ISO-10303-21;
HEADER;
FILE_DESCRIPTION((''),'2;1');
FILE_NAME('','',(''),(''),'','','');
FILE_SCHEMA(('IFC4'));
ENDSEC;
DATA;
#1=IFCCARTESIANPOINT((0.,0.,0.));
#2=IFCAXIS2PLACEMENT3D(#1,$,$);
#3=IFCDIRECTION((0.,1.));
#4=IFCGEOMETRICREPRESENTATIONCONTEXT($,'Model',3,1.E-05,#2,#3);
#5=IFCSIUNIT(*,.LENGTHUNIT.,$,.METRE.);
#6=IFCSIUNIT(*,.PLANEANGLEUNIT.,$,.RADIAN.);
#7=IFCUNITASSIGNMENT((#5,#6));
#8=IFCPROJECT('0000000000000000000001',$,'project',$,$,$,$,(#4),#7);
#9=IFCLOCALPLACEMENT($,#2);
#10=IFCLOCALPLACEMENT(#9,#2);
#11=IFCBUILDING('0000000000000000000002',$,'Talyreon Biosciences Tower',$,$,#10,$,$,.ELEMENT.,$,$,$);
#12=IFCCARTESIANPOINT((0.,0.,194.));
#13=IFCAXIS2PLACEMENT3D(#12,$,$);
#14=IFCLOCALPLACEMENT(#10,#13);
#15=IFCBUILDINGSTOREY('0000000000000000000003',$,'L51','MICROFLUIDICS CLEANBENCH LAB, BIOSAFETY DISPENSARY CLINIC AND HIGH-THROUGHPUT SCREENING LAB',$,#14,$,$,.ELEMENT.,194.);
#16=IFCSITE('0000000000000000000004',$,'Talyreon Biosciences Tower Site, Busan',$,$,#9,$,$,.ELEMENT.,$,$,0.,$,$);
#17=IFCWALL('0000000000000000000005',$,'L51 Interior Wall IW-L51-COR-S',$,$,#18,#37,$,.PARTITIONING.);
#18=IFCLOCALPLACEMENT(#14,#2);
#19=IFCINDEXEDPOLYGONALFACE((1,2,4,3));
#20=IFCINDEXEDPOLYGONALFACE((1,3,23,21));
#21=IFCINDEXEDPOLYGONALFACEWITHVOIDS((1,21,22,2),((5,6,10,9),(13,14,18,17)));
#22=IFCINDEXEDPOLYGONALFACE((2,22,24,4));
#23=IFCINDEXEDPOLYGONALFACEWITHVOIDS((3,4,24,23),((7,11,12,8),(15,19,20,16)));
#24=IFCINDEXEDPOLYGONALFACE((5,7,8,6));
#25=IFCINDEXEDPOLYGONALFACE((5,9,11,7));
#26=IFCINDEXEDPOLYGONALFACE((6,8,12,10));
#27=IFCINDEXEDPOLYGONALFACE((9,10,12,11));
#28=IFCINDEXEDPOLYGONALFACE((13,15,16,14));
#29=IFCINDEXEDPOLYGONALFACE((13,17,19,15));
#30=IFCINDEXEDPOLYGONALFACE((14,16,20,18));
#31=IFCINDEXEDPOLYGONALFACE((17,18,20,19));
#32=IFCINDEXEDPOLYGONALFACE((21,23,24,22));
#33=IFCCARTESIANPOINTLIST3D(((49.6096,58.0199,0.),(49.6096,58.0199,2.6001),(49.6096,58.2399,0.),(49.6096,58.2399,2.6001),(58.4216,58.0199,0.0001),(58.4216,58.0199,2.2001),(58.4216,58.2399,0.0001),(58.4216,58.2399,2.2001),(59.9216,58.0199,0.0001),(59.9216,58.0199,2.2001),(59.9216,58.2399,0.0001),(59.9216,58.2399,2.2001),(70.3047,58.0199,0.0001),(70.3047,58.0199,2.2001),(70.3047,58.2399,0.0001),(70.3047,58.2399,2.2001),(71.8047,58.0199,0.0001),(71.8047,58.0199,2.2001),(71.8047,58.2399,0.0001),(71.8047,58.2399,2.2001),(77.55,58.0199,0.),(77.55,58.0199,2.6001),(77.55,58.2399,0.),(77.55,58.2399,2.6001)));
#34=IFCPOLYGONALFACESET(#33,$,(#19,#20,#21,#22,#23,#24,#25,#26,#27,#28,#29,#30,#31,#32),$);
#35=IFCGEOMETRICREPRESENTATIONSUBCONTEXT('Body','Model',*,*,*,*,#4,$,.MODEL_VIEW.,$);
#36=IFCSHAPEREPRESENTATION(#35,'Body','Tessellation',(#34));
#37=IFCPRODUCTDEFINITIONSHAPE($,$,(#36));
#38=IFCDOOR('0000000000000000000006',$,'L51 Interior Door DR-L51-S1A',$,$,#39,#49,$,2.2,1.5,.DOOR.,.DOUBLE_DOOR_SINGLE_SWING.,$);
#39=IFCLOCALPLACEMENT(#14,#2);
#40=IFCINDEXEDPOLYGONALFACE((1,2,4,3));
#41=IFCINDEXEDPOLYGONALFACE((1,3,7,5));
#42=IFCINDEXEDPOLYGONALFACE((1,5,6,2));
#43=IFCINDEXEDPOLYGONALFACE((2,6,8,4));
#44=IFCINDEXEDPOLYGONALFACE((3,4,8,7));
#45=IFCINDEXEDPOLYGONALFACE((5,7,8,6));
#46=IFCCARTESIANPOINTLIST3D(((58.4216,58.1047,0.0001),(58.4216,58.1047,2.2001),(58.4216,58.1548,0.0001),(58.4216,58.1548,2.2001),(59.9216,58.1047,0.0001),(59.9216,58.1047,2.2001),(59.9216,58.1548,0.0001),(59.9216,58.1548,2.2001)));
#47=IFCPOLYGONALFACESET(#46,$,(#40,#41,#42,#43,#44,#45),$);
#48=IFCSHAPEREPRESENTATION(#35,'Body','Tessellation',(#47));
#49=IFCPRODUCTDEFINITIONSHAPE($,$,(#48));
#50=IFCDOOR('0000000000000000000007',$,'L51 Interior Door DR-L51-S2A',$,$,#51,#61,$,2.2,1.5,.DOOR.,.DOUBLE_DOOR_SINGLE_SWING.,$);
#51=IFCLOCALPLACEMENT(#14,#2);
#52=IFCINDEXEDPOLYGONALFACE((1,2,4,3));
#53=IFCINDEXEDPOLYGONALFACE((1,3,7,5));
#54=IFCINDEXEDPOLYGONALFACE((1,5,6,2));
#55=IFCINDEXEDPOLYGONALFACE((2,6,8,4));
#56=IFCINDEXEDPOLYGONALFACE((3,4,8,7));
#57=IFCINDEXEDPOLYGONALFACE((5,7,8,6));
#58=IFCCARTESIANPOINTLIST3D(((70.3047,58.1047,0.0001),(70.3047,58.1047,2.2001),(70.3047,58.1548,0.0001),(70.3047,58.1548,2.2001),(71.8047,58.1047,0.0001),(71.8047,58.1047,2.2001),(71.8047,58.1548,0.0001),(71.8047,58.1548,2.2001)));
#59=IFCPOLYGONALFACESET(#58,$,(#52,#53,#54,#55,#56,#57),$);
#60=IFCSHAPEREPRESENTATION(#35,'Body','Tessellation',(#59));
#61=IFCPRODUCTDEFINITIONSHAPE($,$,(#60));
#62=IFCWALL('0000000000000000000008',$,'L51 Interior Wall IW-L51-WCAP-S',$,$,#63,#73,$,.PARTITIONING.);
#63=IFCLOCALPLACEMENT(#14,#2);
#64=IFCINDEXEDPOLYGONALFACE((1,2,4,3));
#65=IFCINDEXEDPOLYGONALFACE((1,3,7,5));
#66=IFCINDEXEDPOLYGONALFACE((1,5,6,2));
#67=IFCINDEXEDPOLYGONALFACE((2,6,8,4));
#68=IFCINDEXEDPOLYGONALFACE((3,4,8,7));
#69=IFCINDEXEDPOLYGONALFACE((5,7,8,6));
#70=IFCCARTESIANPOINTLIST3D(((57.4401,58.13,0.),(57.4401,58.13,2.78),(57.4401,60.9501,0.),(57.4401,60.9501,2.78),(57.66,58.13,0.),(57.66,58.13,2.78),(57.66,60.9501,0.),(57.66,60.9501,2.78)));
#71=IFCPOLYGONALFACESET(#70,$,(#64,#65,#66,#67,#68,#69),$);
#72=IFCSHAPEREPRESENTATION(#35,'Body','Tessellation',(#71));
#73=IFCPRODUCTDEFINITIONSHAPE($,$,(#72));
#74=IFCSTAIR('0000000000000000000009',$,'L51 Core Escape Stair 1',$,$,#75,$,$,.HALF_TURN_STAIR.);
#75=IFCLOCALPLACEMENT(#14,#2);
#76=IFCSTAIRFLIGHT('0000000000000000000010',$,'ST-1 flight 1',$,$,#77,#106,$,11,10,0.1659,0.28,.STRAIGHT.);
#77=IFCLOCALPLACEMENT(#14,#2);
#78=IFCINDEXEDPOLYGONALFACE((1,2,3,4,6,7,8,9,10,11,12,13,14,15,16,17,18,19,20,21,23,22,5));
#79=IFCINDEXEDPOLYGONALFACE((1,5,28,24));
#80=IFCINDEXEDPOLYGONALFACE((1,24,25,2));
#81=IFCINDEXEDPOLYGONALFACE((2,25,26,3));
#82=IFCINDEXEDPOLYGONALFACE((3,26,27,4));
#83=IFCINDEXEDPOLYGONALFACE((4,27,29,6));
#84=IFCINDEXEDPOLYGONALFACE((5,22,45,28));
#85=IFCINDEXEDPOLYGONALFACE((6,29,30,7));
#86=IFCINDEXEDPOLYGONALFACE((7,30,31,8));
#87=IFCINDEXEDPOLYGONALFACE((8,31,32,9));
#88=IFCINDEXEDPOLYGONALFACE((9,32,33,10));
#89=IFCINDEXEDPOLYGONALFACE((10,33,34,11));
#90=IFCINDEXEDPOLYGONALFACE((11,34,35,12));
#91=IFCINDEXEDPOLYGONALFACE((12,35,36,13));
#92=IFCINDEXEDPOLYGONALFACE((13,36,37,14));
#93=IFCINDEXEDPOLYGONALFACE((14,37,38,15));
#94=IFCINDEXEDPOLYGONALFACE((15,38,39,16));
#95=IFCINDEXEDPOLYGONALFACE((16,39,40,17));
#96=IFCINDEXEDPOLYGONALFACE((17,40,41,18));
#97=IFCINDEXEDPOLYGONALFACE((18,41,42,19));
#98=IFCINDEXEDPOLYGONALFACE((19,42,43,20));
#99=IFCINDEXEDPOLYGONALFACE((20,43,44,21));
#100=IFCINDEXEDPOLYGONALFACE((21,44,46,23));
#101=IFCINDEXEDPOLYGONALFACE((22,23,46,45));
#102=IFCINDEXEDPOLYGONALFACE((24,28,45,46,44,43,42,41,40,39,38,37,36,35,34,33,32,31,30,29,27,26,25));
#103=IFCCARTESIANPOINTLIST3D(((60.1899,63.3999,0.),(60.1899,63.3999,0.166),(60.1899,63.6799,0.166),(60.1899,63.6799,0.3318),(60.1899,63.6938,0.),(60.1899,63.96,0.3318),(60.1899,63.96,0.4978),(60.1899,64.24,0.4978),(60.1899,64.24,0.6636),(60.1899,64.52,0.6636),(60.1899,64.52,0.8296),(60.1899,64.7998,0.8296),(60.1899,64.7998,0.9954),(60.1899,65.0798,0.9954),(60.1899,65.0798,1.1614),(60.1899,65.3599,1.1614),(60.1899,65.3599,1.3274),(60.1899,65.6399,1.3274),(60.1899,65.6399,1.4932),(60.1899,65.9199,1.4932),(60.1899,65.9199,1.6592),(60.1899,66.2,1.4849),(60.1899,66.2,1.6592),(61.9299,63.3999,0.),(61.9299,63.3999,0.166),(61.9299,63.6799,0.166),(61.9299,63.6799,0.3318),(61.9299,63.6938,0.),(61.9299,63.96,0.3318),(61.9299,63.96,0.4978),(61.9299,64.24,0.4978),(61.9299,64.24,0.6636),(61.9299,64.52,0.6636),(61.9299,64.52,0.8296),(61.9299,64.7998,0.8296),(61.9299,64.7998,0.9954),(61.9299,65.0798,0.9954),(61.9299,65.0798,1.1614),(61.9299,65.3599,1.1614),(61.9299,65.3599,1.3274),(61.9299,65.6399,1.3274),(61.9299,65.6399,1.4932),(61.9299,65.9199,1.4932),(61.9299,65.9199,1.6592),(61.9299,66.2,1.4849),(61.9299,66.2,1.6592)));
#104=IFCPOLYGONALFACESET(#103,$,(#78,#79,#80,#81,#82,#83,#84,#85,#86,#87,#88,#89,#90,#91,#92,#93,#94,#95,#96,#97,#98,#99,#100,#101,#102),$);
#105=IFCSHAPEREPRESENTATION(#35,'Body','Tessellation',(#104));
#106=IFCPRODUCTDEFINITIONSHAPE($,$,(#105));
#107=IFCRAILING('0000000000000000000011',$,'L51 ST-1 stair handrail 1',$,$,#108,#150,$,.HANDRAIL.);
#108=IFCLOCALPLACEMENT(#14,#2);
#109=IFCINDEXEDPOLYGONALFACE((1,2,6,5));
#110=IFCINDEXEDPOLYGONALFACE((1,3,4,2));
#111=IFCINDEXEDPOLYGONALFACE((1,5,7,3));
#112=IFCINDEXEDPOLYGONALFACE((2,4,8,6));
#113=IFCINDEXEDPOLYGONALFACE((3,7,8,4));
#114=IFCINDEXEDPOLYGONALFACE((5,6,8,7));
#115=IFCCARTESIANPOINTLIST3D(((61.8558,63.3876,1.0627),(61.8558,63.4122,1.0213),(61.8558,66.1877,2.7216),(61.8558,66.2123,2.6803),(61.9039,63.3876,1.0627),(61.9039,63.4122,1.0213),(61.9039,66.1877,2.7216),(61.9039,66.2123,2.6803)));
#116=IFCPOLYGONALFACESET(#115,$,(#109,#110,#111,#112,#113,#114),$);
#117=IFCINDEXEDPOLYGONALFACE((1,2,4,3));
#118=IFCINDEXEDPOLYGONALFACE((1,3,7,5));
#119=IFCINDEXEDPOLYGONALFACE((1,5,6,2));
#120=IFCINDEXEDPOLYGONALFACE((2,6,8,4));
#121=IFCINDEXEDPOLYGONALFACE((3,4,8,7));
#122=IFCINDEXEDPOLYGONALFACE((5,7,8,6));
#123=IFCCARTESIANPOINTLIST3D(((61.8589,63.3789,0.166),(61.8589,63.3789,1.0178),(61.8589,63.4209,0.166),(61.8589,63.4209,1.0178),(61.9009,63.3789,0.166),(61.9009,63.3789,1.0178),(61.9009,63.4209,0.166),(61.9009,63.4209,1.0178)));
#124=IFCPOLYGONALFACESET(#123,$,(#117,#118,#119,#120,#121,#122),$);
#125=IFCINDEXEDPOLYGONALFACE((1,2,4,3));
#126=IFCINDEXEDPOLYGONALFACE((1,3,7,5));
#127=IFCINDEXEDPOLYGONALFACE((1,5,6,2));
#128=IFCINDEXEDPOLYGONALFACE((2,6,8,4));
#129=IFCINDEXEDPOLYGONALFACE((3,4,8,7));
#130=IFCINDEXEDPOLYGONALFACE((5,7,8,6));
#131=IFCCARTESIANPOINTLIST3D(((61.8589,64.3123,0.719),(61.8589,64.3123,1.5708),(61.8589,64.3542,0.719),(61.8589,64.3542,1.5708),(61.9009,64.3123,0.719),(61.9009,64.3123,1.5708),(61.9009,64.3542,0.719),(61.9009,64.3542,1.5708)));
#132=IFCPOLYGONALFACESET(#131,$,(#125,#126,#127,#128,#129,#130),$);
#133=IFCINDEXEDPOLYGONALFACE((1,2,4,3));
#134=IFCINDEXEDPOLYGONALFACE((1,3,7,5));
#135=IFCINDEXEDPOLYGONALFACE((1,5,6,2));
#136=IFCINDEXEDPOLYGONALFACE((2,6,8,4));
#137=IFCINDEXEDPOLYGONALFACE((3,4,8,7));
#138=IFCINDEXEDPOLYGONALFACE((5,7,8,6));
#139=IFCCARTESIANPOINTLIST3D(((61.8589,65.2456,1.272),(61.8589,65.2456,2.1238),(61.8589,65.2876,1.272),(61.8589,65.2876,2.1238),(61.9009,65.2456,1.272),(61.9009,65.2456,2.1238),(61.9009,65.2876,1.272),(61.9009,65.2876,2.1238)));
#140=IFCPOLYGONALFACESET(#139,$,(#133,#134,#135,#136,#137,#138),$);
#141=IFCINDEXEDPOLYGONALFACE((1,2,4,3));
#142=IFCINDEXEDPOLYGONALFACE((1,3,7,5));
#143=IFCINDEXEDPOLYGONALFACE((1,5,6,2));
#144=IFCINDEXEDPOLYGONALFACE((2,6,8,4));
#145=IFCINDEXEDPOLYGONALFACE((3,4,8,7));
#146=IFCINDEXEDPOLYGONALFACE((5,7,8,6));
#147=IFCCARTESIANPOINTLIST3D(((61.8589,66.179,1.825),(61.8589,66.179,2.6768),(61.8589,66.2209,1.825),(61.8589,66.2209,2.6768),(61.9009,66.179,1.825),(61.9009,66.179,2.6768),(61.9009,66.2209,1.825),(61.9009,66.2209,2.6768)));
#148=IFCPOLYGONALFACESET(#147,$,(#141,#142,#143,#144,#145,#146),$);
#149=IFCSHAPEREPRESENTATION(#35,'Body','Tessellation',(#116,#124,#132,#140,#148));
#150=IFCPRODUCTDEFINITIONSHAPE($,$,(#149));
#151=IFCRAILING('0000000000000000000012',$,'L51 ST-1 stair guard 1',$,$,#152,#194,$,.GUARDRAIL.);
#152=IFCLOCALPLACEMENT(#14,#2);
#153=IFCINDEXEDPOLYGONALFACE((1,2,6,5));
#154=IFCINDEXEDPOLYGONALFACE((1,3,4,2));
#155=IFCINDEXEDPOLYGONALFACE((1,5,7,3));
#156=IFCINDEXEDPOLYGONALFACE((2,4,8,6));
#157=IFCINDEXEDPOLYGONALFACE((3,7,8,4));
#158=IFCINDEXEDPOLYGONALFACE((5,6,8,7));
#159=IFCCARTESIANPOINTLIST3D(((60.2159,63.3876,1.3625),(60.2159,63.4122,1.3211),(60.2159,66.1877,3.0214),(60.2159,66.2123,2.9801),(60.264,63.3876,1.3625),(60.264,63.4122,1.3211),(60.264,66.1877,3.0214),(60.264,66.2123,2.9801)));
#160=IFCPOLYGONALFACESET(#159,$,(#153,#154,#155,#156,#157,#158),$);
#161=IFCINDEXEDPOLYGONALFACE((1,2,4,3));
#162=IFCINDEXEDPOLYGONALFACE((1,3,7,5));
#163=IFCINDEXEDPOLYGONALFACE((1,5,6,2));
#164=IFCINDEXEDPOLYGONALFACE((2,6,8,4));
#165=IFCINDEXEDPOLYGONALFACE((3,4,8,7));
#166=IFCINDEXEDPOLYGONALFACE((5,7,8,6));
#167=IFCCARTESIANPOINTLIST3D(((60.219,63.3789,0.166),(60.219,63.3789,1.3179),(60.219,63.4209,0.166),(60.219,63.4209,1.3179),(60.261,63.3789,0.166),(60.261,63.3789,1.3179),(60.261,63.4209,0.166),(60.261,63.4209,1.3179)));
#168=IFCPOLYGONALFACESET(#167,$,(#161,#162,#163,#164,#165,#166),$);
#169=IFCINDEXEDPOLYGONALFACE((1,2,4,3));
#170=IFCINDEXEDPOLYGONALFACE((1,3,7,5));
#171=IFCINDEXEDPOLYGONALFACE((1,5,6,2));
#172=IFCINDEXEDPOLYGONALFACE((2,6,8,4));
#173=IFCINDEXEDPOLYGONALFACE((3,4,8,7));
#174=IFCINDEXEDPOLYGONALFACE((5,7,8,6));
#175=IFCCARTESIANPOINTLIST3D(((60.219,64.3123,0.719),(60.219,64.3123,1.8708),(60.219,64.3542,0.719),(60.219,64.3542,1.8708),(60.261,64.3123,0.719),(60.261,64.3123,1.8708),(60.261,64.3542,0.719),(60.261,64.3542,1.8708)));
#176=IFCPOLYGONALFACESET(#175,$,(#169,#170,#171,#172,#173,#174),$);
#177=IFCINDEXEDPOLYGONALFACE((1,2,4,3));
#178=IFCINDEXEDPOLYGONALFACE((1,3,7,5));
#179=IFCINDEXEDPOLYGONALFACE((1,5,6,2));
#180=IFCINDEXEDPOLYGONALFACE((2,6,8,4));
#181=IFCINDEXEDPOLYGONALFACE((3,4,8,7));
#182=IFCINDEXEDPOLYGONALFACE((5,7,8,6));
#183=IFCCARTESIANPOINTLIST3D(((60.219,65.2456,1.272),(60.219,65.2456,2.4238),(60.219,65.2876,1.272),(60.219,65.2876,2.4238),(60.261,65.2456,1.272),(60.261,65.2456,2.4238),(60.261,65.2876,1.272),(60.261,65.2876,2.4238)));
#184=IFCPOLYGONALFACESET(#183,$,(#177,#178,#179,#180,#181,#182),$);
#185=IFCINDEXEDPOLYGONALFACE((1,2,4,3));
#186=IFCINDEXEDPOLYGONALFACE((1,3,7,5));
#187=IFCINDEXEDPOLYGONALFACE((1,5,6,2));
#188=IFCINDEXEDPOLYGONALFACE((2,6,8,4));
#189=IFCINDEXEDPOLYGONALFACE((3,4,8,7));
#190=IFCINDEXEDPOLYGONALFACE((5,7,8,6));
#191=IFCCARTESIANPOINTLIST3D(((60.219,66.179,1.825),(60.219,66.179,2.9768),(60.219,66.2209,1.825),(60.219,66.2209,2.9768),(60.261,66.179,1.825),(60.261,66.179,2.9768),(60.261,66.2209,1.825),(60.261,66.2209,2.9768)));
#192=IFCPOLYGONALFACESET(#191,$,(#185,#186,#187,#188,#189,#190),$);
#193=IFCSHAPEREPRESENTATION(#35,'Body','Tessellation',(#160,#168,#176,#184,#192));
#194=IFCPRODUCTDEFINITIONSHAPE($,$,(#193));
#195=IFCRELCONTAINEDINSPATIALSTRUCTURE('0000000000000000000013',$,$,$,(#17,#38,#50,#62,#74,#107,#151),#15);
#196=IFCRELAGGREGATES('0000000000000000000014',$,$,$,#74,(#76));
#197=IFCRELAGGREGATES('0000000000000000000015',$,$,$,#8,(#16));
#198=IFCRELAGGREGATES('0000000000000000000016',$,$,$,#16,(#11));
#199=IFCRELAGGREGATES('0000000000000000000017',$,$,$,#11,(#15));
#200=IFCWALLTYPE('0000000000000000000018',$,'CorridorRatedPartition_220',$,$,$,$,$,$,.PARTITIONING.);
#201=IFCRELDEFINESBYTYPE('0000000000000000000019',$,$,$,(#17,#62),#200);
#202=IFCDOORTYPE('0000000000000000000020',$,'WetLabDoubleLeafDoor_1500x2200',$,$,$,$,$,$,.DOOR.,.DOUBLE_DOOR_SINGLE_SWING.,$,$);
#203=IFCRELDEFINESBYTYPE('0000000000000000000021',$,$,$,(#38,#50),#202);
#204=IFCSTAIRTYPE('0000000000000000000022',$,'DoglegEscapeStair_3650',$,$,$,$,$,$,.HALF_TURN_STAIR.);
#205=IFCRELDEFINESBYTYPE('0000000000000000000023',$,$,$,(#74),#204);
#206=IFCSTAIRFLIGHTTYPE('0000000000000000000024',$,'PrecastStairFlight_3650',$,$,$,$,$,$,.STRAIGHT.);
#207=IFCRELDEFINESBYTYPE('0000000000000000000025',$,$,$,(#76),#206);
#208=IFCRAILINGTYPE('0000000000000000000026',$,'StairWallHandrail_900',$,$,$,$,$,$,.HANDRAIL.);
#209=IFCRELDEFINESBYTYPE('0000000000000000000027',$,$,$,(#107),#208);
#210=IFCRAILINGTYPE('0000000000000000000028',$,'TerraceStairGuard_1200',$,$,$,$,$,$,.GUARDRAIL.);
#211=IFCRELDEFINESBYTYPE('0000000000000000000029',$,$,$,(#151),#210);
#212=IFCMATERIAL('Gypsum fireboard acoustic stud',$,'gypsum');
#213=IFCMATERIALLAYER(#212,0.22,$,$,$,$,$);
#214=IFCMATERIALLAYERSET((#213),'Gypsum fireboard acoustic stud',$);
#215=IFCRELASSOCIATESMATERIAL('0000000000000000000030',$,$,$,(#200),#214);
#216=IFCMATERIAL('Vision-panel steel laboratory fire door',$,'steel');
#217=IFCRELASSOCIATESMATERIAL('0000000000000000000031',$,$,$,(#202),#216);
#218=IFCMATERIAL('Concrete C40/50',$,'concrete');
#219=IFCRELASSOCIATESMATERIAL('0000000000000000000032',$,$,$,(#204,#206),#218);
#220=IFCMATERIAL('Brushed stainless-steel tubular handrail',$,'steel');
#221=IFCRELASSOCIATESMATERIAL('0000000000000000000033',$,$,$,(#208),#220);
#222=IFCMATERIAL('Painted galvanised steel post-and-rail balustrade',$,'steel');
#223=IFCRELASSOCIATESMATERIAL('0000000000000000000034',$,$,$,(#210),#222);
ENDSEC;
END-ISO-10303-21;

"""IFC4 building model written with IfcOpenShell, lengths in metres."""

from ifc_helpers import new_model, si_unit, direction, frame, frame_2d, origin, origin_2d, place, context, subcontext, project, spatial, polyline, rectangle, outline, extrude, material, layer, layer_set, type_object, element, fill, aggregate, save


model = new_model("IFC4")

# Units and contexts
model_context = context("Model", 3, precision=1e-05, world=origin(), true_north=direction((0.0, 1.0)))
body_context = subcontext(model_context, "Body", "Model", "MODEL_VIEW")
ifc_project = project(units=[si_unit("LENGTHUNIT", "METRE"), si_unit("PLANEANGLEUNIT", "RADIAN")], contexts=[model_context])

# Site, building, storey
site_placement = place(None, origin())
site = spatial("IfcSite", under=ifc_project, at=site_placement, Name="Talyreon Biosciences Tower Site, Busan", CompositionType="ELEMENT", RefElevation=0.0)
building_placement = place(site_placement, origin())
building = spatial("IfcBuilding", under=site, at=building_placement, Name="Talyreon Biosciences Tower", CompositionType="ELEMENT")
storey_placement = place(building_placement, frame((0.0, 0.0, 194.0)))
storey = spatial("IfcBuildingStorey", under=building, at=storey_placement, Name="L51", Description="MICROFLUIDICS CLEANBENCH LAB, BIOSAFETY DISPENSARY CLINIC AND HIGH-THROUGHPUT SCREENING LAB", CompositionType="ELEMENT", Elevation=194.0)

# Wall, openings, doors
ifc_material_1 = material(Name="Gypsum fireboard acoustic stud", Category="gypsum")
ifc_layer_1 = layer(ifc_material_1, 0.22)
ifc_layer_set_1 = layer_set([ifc_layer_1], Name="Gypsum fireboard acoustic stud")
wall_type_1 = type_object("IfcWallType", Name="CorridorRatedPartition_220", PredefinedType="PARTITIONING", material=ifc_layer_set_1)
wall_1_placement = place(storey_placement, frame((49.6096, 58.1299, 0.0), z_axis=(0.0, 0.0, 1.0), x_axis=(1.0, 0.0, 0.0)))
wall_1 = element("IfcWall", 1, at=wall_1_placement, inside=storey, type_object=wall_type_1, Name="L51 Interior Wall IW-L51-COR-S", PredefinedType="PARTITIONING", context=body_context, shape_type="SweptSolid", body=[
    extrude(rectangle(XDim=27.9404, YDim=0.22, at=frame_2d((13.9702, 0.0))), origin(), (0.0, 0.0, 1.0), 2.6001),
])
opening_1_placement = place(wall_1_placement, frame((8.812, 0.0, 0.0)))
opening_1 = element("IfcOpeningElement", 2, at=opening_1_placement, cuts=wall_1, PredefinedType="OPENING", context=body_context, shape_type="SweptSolid", body=[
    extrude(rectangle(XDim=1.5, YDim=2.2, at=frame_2d((0.75, 1.1001))), frame((0.0, 0.1199, 0.0), z_axis=(0.0, -1.0, 0.0), x_axis=(1.0, 0.0, 0.0)), (0.0, 0.0, 1.0), 0.24),
])
opening_2_placement = place(wall_1_placement, frame((20.6951, 0.0, 0.0)))
opening_2 = element("IfcOpeningElement", 3, at=opening_2_placement, cuts=wall_1, PredefinedType="OPENING", context=body_context, shape_type="SweptSolid", body=[
    extrude(rectangle(XDim=1.5, YDim=2.2, at=frame_2d((0.75, 1.1001))), frame((0.0, 0.1199, 0.0), z_axis=(0.0, -1.0, 0.0), x_axis=(1.0, 0.0, 0.0)), (0.0, 0.0, 1.0), 0.24),
])
ifc_material_2 = material(Name="Vision-panel steel laboratory fire door", Category="steel")
door_type_1 = type_object("IfcDoorType", Name="WetLabDoubleLeafDoor_1500x2200", OperationType="DOUBLE_DOOR_SINGLE_SWING", PredefinedType="DOOR", material=ifc_material_2)
door_1_placement = place(opening_1_placement, origin())
door_1 = element("IfcDoor", 4, at=door_1_placement, inside=storey, type_object=door_type_1, Name="L51 Interior Door DR-L51-S1A", OperationType="DOUBLE_DOOR_SINGLE_SWING", OverallHeight=2.2, OverallWidth=1.5, PredefinedType="DOOR", context=body_context, shape_type="SweptSolid", body=[
    extrude(rectangle(XDim=1.5, YDim=2.2, at=frame_2d((0.75, 1.1001))), frame((0.0, 0.0249, 0.0), z_axis=(0.0, -1.0, 0.0), x_axis=(1.0, 0.0, 0.0)), (0.0, 0.0, 1.0), 0.05),
])
fill(opening_1, door_1)
door_2_placement = place(opening_2_placement, origin())
door_2 = element("IfcDoor", 5, at=door_2_placement, inside=storey, type_object=door_type_1, Name="L51 Interior Door DR-L51-S2A", OperationType="DOUBLE_DOOR_SINGLE_SWING", OverallHeight=2.2, OverallWidth=1.5, PredefinedType="DOOR", context=body_context, shape_type="SweptSolid", body=[
    extrude(rectangle(XDim=1.5, YDim=2.2, at=frame_2d((0.75, 1.1001))), frame((0.0, 0.0249, 0.0), z_axis=(0.0, -1.0, 0.0), x_axis=(1.0, 0.0, 0.0)), (0.0, 0.0, 1.0), 0.05),
])
fill(opening_2, door_2)

# Wall
wall_2_placement = place(storey_placement, frame((57.55, 58.1299, 0.0), z_axis=(0.0, 0.0, 1.0), x_axis=(0.0, 1.0, 0.0)))
element("IfcWall", 6, at=wall_2_placement, inside=storey, type_object=wall_type_1, Name="L51 Interior Wall IW-L51-WCAP-S", PredefinedType="PARTITIONING", context=body_context, shape_type="SweptSolid", body=[
    extrude(rectangle(XDim=2.8201, YDim=0.22, at=frame_2d((1.4102, 0.0))), origin(), (0.0, 0.0, 1.0), 2.78),
])

# Stair, stair flight
ifc_material_3 = material(Name="Concrete C40/50", Category="concrete")
stair_type = type_object("IfcStairType", Name="DoglegEscapeStair_3650", PredefinedType="HALF_TURN_STAIR", material=ifc_material_3)
stair_placement = place(storey_placement, origin())
stair = element("IfcStair", 7, at=stair_placement, inside=storey, type_object=stair_type, Name="L51 Core Escape Stair 1", PredefinedType="HALF_TURN_STAIR")
stair_flight_type = type_object("IfcStairFlightType", Name="PrecastStairFlight_3650", PredefinedType="STRAIGHT", material=ifc_material_3)
stair_flight_placement = place(storey_placement, frame((61.0601, 63.3999, 0.0), z_axis=(0.0, 0.0, 1.0), x_axis=(0.0, 1.0, 0.0)))
stair_flight = element("IfcStairFlight", 8, at=stair_flight_placement, type_object=stair_flight_type, Name="ST-1 flight 1", NumberOfRisers=11, NumberOfTreads=10, PredefinedType="STRAIGHT", RiserHeight=0.1659, TreadLength=0.28, context=body_context, shape_type="SweptSolid", body=[
    extrude(outline(polyline([(0.0, 0.0), (0.0, 0.166), (0.28, 0.166), (0.28, 0.3318), (0.5601, 0.3318), (0.5601, 0.4978), (0.8401, 0.4978), (0.8401, 0.6636), (1.1201, 0.6636), (1.1201, 0.8296), (1.3999, 0.8296), (1.3999, 0.9954), (1.6799, 0.9954), (1.6799, 1.1614), (1.96, 1.1614), (1.96, 1.3274), (2.24, 1.3274), (2.24, 1.4932), (2.52, 1.4932), (2.52, 1.6592), (2.8, 1.6592), (2.8, 1.825), (2.8, 1.4849), (0.2939, 0.0), (0.0, 0.0)])), frame((0.0, 0.8701, 0.0), z_axis=(0.0, -1.0, 0.0), x_axis=(1.0, 0.0, 0.0)), (0.0, 0.0, 1.0), 1.74),
])
aggregate(stair, [stair_flight])

# Railings
ifc_material_4 = material(Name="Brushed stainless-steel tubular handrail", Category="steel")
railing_type_1 = type_object("IfcRailingType", Name="StairWallHandrail_900", PredefinedType="HANDRAIL", material=ifc_material_4)
railing_1_placement = place(storey_placement, frame((61.8799, 63.3999, 0.166)))
element("IfcRailing", 9, at=railing_1_placement, inside=storey, type_object=railing_type_1, Name="L51 ST-1 stair handrail 1", PredefinedType="HANDRAIL", context=body_context, shape_type="SweptSolid", body=[
    extrude(rectangle(XDim=0.0481, YDim=0.0481, at=origin_2d()), frame((0.0, 0.0, 0.876), z_axis=(0.0, 0.860339, 0.509722), x_axis=(-1.0, 0.0, 0.0)), (0.0, 0.0, 1.0), 3.2546),
    extrude(rectangle(XDim=0.042, YDim=0.042, at=origin_2d()), origin(), (0.0, 0.0, 1.0), 0.8518),
    extrude(rectangle(XDim=0.042, YDim=0.042, at=origin_2d()), frame((0.0, 0.9333, 0.553)), (0.0, 0.0, 1.0), 0.8518),
    extrude(rectangle(XDim=0.042, YDim=0.042, at=origin_2d()), frame((0.0, 1.8667, 1.106)), (0.0, 0.0, 1.0), 0.8518),
    extrude(rectangle(XDim=0.042, YDim=0.042, at=origin_2d()), frame((0.0, 2.8, 1.6589)), (0.0, 0.0, 1.0), 0.8518),
])
ifc_material_5 = material(Name="Painted galvanised steel post-and-rail balustrade", Category="steel")
railing_type_2 = type_object("IfcRailingType", Name="TerraceStairGuard_1200", PredefinedType="GUARDRAIL", material=ifc_material_5)
railing_2_placement = place(storey_placement, frame((60.24, 63.3999, 0.166)))
element("IfcRailing", 10, at=railing_2_placement, inside=storey, type_object=railing_type_2, Name="L51 ST-1 stair guard 1", PredefinedType="GUARDRAIL", context=body_context, shape_type="SweptSolid", body=[
    extrude(rectangle(XDim=0.0481, YDim=0.0481, at=origin_2d()), frame((0.0, 0.0, 1.1758), z_axis=(0.0, 0.860339, 0.509722), x_axis=(-1.0, 0.0, 0.0)), (0.0, 0.0, 1.0), 3.2546),
    extrude(rectangle(XDim=0.042, YDim=0.042, at=origin_2d()), origin(), (0.0, 0.0, 1.0), 1.1519),
    extrude(rectangle(XDim=0.042, YDim=0.042, at=origin_2d()), frame((0.0, 0.9333, 0.553)), (0.0, 0.0, 1.0), 1.1519),
    extrude(rectangle(XDim=0.042, YDim=0.042, at=origin_2d()), frame((0.0, 1.8667, 1.106)), (0.0, 0.0, 1.0), 1.1519),
    extrude(rectangle(XDim=0.042, YDim=0.042, at=origin_2d()), frame((0.0, 2.8, 1.6589)), (0.0, 0.0, 1.0), 1.1519),
])

save(model, "model.ifc")
